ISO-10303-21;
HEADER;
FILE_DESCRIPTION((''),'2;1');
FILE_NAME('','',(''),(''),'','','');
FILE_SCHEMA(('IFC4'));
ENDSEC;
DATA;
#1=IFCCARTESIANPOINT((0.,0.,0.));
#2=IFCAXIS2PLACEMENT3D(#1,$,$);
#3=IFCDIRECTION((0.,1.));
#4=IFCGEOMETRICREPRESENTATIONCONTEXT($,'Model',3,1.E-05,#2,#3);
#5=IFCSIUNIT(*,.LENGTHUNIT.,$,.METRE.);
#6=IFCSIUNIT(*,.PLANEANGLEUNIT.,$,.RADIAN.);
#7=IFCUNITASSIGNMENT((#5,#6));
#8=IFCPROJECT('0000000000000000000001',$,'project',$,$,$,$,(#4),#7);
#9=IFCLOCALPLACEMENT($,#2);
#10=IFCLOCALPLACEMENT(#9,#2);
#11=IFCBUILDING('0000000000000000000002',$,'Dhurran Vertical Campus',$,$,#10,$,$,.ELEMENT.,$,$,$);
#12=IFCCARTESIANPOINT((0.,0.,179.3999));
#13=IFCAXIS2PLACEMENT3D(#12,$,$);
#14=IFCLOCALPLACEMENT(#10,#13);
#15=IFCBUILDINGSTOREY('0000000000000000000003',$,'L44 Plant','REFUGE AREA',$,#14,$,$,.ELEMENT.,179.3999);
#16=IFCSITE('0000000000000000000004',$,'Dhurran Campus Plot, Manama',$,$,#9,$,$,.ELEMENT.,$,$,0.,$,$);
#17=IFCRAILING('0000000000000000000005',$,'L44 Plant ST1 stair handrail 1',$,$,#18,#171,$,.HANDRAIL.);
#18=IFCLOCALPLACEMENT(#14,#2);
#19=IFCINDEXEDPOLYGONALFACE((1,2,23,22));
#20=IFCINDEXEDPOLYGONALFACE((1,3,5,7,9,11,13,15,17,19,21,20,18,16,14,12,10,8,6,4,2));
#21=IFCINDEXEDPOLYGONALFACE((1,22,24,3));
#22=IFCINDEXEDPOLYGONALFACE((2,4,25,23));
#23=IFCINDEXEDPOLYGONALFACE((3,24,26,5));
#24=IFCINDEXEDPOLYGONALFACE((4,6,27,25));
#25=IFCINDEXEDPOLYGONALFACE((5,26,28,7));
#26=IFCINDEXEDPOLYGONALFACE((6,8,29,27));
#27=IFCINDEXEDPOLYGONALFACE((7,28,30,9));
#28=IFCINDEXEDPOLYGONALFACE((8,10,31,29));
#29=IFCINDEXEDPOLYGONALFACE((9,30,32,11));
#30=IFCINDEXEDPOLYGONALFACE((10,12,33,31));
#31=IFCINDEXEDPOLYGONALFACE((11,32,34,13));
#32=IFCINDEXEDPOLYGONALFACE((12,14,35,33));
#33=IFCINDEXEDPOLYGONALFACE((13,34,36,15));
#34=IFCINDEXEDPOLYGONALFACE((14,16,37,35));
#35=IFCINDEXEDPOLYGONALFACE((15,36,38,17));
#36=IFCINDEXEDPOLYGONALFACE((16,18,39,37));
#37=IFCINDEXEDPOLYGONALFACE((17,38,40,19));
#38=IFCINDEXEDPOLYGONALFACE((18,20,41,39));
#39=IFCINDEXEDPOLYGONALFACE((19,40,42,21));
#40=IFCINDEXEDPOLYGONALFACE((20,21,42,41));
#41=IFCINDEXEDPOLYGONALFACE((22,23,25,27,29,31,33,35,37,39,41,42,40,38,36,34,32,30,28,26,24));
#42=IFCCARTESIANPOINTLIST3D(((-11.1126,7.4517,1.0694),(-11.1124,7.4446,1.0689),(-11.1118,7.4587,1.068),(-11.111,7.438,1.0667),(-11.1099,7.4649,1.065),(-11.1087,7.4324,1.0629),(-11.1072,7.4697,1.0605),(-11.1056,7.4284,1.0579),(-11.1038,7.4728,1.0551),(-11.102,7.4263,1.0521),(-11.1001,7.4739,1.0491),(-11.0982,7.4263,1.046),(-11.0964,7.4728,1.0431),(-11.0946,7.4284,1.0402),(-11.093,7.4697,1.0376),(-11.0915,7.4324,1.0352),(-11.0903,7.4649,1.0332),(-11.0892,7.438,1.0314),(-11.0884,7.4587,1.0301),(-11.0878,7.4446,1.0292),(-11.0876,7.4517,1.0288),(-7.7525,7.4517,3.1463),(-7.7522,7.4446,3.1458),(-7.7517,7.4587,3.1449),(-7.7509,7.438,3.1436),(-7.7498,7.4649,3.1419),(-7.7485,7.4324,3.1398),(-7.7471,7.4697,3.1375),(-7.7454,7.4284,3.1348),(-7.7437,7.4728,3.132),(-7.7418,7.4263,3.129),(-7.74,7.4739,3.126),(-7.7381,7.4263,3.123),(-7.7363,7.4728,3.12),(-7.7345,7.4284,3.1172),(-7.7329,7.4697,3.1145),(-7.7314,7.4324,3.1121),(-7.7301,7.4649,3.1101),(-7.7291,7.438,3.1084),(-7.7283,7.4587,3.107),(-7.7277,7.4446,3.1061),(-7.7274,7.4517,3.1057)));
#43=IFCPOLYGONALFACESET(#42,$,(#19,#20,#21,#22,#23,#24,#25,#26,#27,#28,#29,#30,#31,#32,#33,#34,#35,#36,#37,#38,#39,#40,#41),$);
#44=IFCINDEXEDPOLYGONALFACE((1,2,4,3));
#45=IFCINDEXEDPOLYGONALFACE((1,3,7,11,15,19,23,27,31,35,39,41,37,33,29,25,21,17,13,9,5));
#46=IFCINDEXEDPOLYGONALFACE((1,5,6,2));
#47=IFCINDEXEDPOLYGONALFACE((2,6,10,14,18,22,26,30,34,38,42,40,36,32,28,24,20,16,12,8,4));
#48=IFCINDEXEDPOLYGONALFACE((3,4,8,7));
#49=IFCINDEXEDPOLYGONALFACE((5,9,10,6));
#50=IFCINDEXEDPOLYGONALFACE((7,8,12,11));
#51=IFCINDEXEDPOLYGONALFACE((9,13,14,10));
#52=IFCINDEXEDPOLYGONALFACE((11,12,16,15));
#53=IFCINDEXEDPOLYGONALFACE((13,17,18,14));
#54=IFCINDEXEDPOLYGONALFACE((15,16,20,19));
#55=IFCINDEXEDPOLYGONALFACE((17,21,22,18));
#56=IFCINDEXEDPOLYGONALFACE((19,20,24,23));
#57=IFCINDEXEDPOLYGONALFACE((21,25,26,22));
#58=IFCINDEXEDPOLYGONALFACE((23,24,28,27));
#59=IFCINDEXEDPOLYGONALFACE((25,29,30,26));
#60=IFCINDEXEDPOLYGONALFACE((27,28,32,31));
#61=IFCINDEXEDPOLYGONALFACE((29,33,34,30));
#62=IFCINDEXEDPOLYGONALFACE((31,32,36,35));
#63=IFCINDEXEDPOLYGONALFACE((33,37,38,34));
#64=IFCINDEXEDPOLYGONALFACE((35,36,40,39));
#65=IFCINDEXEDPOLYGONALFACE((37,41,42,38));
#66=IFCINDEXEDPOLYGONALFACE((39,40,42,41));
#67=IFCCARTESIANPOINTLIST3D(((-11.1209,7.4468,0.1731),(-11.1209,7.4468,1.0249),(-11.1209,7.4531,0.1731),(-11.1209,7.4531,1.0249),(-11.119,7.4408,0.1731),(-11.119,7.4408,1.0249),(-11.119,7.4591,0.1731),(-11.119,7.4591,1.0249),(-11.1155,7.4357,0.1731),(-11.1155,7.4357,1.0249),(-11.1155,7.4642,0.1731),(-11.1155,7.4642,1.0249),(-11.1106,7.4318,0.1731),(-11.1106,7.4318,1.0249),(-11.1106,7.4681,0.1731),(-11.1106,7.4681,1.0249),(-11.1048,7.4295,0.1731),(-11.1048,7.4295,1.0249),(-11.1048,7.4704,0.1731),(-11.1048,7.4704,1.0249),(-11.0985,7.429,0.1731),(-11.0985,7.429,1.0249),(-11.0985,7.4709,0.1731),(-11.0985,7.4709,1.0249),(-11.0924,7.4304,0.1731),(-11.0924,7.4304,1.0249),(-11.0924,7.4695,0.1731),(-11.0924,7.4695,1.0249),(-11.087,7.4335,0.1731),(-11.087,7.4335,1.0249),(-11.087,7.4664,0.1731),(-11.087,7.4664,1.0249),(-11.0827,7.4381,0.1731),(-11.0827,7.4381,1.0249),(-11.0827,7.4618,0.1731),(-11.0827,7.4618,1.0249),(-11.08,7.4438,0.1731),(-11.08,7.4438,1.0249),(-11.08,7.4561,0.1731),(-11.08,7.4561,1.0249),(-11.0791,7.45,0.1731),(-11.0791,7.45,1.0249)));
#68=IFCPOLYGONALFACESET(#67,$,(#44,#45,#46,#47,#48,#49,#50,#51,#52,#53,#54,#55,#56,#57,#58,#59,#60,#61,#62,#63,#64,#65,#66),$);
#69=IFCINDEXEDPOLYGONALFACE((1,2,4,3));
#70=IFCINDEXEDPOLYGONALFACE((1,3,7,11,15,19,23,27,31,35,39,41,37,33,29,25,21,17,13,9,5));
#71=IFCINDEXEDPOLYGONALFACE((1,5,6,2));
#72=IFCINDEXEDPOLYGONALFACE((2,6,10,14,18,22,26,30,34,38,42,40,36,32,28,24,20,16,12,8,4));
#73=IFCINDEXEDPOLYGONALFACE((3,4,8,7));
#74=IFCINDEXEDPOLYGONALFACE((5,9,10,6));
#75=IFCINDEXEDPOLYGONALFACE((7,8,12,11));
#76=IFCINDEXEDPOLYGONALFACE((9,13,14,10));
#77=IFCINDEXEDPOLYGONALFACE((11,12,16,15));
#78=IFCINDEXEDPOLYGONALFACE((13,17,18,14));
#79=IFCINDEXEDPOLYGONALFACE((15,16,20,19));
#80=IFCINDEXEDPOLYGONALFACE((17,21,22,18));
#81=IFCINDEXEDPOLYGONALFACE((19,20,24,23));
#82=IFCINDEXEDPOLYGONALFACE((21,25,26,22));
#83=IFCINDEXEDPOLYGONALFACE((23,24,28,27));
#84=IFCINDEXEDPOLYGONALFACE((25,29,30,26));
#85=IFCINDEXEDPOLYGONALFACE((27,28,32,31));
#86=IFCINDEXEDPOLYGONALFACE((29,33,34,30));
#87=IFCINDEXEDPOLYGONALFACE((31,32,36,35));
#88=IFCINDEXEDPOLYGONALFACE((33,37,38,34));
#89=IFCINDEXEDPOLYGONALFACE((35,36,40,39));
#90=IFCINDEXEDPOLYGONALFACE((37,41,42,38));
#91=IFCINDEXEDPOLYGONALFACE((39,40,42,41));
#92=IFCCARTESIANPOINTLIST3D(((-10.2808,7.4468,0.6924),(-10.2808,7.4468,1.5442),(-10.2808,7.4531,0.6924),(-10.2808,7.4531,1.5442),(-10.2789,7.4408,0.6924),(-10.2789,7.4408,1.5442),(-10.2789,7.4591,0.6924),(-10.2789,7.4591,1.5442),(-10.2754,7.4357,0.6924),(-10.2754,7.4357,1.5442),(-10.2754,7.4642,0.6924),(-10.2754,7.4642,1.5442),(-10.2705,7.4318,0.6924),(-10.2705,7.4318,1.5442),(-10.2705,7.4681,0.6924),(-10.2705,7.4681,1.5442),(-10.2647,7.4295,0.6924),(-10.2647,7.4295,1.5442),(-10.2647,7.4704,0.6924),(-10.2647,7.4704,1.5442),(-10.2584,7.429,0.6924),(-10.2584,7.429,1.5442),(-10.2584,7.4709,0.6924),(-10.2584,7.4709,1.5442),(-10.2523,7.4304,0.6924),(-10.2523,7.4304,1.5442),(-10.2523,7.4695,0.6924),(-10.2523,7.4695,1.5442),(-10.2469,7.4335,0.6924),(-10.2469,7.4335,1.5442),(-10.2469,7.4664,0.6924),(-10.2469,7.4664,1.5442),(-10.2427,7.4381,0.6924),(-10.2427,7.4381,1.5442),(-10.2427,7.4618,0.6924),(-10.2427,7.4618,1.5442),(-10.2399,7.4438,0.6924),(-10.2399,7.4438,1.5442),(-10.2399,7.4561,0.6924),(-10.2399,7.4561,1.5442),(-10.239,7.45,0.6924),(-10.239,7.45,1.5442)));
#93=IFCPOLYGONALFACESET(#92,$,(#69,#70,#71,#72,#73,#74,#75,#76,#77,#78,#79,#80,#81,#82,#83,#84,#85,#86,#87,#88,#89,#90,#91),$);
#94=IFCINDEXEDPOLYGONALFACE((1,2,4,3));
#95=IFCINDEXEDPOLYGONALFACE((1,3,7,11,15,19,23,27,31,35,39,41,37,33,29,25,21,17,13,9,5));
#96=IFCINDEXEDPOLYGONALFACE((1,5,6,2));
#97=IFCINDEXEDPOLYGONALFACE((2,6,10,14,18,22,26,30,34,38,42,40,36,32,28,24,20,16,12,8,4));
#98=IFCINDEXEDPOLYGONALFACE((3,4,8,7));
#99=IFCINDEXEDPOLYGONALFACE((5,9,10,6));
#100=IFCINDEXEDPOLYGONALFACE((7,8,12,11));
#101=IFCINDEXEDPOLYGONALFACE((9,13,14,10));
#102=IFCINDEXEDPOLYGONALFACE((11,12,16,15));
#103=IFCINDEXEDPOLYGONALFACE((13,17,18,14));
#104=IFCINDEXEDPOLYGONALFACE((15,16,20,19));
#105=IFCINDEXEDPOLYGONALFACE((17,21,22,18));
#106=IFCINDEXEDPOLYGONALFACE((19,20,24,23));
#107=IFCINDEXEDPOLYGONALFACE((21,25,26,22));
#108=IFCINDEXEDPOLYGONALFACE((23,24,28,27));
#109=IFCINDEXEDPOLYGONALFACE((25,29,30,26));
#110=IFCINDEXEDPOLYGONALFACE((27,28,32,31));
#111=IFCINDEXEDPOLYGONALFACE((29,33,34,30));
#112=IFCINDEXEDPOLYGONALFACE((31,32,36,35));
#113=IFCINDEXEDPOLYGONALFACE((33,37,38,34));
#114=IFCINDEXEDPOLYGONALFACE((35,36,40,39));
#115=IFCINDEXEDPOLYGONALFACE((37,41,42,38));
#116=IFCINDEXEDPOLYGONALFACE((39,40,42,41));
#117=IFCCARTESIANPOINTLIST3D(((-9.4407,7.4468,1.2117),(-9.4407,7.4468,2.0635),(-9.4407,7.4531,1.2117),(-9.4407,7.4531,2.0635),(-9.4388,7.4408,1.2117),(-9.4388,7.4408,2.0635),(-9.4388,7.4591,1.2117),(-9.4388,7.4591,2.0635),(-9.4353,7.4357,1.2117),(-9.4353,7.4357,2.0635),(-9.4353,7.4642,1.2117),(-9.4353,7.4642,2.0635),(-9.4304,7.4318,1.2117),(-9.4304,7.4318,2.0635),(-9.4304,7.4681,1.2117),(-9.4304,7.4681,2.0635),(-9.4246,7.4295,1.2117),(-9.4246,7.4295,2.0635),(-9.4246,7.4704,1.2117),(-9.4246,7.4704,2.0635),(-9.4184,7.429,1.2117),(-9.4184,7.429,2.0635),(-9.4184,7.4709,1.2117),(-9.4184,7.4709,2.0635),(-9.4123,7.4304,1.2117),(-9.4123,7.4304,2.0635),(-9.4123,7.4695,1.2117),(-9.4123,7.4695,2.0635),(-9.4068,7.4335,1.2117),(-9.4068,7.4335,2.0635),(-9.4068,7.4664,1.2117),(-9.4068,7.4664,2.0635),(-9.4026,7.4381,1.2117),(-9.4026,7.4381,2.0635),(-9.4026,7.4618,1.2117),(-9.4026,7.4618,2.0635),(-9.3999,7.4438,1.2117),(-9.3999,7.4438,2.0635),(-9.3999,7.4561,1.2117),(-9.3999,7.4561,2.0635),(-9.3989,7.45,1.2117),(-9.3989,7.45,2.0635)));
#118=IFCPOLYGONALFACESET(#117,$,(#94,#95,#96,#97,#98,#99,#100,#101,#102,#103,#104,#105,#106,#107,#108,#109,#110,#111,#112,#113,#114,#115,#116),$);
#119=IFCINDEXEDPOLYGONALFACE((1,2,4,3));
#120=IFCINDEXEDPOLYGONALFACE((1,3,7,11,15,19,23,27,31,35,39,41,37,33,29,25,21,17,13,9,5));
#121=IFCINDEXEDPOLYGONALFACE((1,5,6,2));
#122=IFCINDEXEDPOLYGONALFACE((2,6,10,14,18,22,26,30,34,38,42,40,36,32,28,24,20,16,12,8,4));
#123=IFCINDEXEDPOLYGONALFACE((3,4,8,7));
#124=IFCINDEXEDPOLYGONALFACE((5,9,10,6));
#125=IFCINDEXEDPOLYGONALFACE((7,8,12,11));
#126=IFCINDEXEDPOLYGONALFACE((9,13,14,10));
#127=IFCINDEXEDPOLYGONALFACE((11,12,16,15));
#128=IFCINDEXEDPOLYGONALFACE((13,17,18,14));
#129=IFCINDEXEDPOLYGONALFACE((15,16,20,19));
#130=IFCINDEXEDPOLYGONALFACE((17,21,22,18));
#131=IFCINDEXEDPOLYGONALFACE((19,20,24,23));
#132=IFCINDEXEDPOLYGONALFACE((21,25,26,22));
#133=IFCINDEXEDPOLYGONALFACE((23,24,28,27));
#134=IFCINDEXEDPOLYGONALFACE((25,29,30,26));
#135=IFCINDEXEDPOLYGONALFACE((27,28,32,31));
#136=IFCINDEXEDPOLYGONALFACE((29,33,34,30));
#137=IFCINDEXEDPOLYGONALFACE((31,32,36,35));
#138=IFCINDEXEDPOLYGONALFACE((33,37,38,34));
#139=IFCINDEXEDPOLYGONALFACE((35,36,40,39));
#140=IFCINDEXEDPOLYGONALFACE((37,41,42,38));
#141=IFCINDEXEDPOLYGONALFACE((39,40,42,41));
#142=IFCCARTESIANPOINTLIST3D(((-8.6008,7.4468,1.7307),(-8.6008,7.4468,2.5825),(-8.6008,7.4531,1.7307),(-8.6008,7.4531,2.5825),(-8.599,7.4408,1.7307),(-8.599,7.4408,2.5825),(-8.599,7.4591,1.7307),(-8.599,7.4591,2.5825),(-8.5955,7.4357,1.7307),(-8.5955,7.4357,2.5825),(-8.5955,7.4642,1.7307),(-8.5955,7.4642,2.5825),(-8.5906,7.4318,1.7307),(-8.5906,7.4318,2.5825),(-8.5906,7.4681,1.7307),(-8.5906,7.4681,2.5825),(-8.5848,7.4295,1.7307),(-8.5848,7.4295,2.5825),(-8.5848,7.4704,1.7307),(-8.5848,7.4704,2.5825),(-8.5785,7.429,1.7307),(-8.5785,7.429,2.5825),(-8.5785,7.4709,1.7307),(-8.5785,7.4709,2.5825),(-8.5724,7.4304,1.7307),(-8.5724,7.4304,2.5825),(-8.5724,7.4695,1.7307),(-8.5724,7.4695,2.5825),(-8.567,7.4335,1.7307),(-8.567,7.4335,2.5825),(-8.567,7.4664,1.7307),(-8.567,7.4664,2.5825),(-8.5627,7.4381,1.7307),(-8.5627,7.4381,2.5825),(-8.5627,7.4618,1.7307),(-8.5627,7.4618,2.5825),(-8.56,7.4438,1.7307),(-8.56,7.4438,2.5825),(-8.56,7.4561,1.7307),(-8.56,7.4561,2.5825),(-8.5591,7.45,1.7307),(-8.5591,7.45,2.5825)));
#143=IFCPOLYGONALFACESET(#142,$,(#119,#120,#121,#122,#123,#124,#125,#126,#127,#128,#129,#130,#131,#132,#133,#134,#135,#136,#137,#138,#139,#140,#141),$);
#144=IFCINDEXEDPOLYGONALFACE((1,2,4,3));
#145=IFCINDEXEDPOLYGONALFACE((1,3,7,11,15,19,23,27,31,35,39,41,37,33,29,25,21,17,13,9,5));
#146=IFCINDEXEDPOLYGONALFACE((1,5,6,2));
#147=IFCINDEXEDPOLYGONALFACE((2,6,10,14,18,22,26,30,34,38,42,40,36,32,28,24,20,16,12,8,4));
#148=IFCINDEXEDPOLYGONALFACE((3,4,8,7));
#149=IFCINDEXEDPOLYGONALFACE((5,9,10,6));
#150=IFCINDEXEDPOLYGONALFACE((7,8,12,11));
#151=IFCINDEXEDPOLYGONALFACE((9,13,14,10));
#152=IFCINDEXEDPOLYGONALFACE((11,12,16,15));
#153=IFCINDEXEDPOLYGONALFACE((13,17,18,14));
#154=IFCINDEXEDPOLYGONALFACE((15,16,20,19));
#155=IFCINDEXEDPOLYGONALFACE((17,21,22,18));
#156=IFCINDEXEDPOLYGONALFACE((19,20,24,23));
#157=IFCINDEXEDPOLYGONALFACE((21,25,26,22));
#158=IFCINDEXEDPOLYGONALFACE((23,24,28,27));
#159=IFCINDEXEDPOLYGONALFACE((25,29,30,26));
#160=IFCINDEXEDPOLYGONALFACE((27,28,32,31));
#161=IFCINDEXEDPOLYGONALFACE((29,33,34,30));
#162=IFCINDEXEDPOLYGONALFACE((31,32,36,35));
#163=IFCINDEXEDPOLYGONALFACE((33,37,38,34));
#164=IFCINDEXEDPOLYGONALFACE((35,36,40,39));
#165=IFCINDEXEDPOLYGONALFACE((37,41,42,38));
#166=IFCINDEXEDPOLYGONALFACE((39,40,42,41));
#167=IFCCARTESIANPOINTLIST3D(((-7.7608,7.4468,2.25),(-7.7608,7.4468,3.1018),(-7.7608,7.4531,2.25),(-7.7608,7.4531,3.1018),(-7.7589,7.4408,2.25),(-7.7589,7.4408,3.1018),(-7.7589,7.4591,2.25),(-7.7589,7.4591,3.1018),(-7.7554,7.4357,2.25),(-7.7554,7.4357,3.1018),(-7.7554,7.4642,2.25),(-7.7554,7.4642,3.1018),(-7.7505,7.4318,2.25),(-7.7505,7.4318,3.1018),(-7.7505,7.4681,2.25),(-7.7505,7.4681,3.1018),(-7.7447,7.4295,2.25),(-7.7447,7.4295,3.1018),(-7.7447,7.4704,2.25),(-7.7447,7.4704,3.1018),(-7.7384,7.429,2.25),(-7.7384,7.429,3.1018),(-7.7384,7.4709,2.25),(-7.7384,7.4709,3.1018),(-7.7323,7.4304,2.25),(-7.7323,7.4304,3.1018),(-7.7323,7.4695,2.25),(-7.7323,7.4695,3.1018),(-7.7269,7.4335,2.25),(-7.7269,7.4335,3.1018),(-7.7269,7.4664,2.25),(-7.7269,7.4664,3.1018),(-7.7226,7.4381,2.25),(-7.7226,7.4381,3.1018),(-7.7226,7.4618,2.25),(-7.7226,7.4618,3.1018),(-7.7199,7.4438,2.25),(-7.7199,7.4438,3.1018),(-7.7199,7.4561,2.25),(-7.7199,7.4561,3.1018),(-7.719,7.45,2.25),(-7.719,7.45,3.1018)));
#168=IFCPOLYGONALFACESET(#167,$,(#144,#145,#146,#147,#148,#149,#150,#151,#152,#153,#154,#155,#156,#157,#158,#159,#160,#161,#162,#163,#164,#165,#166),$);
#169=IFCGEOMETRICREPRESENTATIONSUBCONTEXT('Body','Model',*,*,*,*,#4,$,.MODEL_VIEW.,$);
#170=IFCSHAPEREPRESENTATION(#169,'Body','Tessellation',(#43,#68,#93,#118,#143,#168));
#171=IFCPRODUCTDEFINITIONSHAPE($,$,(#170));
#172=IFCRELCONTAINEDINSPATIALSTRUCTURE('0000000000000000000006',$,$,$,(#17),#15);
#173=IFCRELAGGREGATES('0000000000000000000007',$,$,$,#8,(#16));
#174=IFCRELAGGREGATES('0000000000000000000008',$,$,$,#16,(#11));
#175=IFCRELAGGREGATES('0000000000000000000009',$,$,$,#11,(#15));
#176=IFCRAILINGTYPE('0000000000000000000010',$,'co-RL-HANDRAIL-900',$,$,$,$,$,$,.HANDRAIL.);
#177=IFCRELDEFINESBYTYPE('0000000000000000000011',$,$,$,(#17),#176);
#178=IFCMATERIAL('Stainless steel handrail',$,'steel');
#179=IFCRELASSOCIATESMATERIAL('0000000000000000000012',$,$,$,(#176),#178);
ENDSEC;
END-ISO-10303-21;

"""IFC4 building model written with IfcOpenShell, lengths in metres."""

from ifc_helpers import new_model, si_unit, direction, frame, origin, origin_2d, place, context, subcontext, project, spatial, circle, extrude, material, type_object, element, save


model = new_model("IFC4")

# Units and contexts
model_context = context("Model", 3, precision=1e-05, world=origin(), true_north=direction((0.0, 1.0)))
body_context = subcontext(model_context, "Body", "Model", "MODEL_VIEW")
ifc_project = project(units=[si_unit("LENGTHUNIT", "METRE"), si_unit("PLANEANGLEUNIT", "RADIAN")], contexts=[model_context])

# Site, building, storey
site_placement = place(None, origin())
site = spatial("IfcSite", under=ifc_project, at=site_placement, Name="Dhurran Campus Plot, Manama", CompositionType="ELEMENT", RefElevation=0.0)
building_placement = place(site_placement, origin())
building = spatial("IfcBuilding", under=site, at=building_placement, Name="Dhurran Vertical Campus", CompositionType="ELEMENT")
storey_placement = place(building_placement, frame((0.0, 0.0, 179.3999)))
storey = spatial("IfcBuildingStorey", under=building, at=storey_placement, Name="L44 Plant", Description="REFUGE AREA", CompositionType="ELEMENT", Elevation=179.3999)

# Railing
ifc_material_1 = material(Name="Stainless steel handrail", Category="steel")
railing_type_1 = type_object("IfcRailingType", Name="co-RL-HANDRAIL-900", PredefinedType="HANDRAIL", material=ifc_material_1)
railing_1_placement = place(storey_placement, frame((-11.1001, 7.45, 0.1731)))
element("IfcRailing", 1, at=railing_1_placement, inside=storey, type_object=railing_type_1, Name="L44 Plant ST1 stair handrail 1", PredefinedType="HANDRAIL", context=body_context, shape_type="SweptSolid", body=[
    extrude(circle(Radius=0.0239, at=origin_2d()), frame((0.0, 0.0, 0.876), z_axis=(0.850623, 0.0, 0.525776), x_axis=(0.0, 1.0, 0.0)), (0.0, 0.0, 1.0), 3.9502),
    extrude(circle(Radius=0.021, at=origin_2d()), origin(), (0.0, 0.0, 1.0), 0.8518),
    extrude(circle(Radius=0.021, at=origin_2d()), frame((0.8401, 0.0, 0.5193)), (0.0, 0.0, 1.0), 0.8518),
    extrude(circle(Radius=0.021, at=origin_2d()), frame((1.6802, 0.0, 1.0386)), (0.0, 0.0, 1.0), 0.8518),
    extrude(circle(Radius=0.021, at=origin_2d()), frame((2.52, 0.0, 1.5576)), (0.0, 0.0, 1.0), 0.8518),
    extrude(circle(Radius=0.021, at=origin_2d()), frame((3.3601, 0.0, 2.0769)), (0.0, 0.0, 1.0), 0.8518),
])

save(model, "model.ifc")
